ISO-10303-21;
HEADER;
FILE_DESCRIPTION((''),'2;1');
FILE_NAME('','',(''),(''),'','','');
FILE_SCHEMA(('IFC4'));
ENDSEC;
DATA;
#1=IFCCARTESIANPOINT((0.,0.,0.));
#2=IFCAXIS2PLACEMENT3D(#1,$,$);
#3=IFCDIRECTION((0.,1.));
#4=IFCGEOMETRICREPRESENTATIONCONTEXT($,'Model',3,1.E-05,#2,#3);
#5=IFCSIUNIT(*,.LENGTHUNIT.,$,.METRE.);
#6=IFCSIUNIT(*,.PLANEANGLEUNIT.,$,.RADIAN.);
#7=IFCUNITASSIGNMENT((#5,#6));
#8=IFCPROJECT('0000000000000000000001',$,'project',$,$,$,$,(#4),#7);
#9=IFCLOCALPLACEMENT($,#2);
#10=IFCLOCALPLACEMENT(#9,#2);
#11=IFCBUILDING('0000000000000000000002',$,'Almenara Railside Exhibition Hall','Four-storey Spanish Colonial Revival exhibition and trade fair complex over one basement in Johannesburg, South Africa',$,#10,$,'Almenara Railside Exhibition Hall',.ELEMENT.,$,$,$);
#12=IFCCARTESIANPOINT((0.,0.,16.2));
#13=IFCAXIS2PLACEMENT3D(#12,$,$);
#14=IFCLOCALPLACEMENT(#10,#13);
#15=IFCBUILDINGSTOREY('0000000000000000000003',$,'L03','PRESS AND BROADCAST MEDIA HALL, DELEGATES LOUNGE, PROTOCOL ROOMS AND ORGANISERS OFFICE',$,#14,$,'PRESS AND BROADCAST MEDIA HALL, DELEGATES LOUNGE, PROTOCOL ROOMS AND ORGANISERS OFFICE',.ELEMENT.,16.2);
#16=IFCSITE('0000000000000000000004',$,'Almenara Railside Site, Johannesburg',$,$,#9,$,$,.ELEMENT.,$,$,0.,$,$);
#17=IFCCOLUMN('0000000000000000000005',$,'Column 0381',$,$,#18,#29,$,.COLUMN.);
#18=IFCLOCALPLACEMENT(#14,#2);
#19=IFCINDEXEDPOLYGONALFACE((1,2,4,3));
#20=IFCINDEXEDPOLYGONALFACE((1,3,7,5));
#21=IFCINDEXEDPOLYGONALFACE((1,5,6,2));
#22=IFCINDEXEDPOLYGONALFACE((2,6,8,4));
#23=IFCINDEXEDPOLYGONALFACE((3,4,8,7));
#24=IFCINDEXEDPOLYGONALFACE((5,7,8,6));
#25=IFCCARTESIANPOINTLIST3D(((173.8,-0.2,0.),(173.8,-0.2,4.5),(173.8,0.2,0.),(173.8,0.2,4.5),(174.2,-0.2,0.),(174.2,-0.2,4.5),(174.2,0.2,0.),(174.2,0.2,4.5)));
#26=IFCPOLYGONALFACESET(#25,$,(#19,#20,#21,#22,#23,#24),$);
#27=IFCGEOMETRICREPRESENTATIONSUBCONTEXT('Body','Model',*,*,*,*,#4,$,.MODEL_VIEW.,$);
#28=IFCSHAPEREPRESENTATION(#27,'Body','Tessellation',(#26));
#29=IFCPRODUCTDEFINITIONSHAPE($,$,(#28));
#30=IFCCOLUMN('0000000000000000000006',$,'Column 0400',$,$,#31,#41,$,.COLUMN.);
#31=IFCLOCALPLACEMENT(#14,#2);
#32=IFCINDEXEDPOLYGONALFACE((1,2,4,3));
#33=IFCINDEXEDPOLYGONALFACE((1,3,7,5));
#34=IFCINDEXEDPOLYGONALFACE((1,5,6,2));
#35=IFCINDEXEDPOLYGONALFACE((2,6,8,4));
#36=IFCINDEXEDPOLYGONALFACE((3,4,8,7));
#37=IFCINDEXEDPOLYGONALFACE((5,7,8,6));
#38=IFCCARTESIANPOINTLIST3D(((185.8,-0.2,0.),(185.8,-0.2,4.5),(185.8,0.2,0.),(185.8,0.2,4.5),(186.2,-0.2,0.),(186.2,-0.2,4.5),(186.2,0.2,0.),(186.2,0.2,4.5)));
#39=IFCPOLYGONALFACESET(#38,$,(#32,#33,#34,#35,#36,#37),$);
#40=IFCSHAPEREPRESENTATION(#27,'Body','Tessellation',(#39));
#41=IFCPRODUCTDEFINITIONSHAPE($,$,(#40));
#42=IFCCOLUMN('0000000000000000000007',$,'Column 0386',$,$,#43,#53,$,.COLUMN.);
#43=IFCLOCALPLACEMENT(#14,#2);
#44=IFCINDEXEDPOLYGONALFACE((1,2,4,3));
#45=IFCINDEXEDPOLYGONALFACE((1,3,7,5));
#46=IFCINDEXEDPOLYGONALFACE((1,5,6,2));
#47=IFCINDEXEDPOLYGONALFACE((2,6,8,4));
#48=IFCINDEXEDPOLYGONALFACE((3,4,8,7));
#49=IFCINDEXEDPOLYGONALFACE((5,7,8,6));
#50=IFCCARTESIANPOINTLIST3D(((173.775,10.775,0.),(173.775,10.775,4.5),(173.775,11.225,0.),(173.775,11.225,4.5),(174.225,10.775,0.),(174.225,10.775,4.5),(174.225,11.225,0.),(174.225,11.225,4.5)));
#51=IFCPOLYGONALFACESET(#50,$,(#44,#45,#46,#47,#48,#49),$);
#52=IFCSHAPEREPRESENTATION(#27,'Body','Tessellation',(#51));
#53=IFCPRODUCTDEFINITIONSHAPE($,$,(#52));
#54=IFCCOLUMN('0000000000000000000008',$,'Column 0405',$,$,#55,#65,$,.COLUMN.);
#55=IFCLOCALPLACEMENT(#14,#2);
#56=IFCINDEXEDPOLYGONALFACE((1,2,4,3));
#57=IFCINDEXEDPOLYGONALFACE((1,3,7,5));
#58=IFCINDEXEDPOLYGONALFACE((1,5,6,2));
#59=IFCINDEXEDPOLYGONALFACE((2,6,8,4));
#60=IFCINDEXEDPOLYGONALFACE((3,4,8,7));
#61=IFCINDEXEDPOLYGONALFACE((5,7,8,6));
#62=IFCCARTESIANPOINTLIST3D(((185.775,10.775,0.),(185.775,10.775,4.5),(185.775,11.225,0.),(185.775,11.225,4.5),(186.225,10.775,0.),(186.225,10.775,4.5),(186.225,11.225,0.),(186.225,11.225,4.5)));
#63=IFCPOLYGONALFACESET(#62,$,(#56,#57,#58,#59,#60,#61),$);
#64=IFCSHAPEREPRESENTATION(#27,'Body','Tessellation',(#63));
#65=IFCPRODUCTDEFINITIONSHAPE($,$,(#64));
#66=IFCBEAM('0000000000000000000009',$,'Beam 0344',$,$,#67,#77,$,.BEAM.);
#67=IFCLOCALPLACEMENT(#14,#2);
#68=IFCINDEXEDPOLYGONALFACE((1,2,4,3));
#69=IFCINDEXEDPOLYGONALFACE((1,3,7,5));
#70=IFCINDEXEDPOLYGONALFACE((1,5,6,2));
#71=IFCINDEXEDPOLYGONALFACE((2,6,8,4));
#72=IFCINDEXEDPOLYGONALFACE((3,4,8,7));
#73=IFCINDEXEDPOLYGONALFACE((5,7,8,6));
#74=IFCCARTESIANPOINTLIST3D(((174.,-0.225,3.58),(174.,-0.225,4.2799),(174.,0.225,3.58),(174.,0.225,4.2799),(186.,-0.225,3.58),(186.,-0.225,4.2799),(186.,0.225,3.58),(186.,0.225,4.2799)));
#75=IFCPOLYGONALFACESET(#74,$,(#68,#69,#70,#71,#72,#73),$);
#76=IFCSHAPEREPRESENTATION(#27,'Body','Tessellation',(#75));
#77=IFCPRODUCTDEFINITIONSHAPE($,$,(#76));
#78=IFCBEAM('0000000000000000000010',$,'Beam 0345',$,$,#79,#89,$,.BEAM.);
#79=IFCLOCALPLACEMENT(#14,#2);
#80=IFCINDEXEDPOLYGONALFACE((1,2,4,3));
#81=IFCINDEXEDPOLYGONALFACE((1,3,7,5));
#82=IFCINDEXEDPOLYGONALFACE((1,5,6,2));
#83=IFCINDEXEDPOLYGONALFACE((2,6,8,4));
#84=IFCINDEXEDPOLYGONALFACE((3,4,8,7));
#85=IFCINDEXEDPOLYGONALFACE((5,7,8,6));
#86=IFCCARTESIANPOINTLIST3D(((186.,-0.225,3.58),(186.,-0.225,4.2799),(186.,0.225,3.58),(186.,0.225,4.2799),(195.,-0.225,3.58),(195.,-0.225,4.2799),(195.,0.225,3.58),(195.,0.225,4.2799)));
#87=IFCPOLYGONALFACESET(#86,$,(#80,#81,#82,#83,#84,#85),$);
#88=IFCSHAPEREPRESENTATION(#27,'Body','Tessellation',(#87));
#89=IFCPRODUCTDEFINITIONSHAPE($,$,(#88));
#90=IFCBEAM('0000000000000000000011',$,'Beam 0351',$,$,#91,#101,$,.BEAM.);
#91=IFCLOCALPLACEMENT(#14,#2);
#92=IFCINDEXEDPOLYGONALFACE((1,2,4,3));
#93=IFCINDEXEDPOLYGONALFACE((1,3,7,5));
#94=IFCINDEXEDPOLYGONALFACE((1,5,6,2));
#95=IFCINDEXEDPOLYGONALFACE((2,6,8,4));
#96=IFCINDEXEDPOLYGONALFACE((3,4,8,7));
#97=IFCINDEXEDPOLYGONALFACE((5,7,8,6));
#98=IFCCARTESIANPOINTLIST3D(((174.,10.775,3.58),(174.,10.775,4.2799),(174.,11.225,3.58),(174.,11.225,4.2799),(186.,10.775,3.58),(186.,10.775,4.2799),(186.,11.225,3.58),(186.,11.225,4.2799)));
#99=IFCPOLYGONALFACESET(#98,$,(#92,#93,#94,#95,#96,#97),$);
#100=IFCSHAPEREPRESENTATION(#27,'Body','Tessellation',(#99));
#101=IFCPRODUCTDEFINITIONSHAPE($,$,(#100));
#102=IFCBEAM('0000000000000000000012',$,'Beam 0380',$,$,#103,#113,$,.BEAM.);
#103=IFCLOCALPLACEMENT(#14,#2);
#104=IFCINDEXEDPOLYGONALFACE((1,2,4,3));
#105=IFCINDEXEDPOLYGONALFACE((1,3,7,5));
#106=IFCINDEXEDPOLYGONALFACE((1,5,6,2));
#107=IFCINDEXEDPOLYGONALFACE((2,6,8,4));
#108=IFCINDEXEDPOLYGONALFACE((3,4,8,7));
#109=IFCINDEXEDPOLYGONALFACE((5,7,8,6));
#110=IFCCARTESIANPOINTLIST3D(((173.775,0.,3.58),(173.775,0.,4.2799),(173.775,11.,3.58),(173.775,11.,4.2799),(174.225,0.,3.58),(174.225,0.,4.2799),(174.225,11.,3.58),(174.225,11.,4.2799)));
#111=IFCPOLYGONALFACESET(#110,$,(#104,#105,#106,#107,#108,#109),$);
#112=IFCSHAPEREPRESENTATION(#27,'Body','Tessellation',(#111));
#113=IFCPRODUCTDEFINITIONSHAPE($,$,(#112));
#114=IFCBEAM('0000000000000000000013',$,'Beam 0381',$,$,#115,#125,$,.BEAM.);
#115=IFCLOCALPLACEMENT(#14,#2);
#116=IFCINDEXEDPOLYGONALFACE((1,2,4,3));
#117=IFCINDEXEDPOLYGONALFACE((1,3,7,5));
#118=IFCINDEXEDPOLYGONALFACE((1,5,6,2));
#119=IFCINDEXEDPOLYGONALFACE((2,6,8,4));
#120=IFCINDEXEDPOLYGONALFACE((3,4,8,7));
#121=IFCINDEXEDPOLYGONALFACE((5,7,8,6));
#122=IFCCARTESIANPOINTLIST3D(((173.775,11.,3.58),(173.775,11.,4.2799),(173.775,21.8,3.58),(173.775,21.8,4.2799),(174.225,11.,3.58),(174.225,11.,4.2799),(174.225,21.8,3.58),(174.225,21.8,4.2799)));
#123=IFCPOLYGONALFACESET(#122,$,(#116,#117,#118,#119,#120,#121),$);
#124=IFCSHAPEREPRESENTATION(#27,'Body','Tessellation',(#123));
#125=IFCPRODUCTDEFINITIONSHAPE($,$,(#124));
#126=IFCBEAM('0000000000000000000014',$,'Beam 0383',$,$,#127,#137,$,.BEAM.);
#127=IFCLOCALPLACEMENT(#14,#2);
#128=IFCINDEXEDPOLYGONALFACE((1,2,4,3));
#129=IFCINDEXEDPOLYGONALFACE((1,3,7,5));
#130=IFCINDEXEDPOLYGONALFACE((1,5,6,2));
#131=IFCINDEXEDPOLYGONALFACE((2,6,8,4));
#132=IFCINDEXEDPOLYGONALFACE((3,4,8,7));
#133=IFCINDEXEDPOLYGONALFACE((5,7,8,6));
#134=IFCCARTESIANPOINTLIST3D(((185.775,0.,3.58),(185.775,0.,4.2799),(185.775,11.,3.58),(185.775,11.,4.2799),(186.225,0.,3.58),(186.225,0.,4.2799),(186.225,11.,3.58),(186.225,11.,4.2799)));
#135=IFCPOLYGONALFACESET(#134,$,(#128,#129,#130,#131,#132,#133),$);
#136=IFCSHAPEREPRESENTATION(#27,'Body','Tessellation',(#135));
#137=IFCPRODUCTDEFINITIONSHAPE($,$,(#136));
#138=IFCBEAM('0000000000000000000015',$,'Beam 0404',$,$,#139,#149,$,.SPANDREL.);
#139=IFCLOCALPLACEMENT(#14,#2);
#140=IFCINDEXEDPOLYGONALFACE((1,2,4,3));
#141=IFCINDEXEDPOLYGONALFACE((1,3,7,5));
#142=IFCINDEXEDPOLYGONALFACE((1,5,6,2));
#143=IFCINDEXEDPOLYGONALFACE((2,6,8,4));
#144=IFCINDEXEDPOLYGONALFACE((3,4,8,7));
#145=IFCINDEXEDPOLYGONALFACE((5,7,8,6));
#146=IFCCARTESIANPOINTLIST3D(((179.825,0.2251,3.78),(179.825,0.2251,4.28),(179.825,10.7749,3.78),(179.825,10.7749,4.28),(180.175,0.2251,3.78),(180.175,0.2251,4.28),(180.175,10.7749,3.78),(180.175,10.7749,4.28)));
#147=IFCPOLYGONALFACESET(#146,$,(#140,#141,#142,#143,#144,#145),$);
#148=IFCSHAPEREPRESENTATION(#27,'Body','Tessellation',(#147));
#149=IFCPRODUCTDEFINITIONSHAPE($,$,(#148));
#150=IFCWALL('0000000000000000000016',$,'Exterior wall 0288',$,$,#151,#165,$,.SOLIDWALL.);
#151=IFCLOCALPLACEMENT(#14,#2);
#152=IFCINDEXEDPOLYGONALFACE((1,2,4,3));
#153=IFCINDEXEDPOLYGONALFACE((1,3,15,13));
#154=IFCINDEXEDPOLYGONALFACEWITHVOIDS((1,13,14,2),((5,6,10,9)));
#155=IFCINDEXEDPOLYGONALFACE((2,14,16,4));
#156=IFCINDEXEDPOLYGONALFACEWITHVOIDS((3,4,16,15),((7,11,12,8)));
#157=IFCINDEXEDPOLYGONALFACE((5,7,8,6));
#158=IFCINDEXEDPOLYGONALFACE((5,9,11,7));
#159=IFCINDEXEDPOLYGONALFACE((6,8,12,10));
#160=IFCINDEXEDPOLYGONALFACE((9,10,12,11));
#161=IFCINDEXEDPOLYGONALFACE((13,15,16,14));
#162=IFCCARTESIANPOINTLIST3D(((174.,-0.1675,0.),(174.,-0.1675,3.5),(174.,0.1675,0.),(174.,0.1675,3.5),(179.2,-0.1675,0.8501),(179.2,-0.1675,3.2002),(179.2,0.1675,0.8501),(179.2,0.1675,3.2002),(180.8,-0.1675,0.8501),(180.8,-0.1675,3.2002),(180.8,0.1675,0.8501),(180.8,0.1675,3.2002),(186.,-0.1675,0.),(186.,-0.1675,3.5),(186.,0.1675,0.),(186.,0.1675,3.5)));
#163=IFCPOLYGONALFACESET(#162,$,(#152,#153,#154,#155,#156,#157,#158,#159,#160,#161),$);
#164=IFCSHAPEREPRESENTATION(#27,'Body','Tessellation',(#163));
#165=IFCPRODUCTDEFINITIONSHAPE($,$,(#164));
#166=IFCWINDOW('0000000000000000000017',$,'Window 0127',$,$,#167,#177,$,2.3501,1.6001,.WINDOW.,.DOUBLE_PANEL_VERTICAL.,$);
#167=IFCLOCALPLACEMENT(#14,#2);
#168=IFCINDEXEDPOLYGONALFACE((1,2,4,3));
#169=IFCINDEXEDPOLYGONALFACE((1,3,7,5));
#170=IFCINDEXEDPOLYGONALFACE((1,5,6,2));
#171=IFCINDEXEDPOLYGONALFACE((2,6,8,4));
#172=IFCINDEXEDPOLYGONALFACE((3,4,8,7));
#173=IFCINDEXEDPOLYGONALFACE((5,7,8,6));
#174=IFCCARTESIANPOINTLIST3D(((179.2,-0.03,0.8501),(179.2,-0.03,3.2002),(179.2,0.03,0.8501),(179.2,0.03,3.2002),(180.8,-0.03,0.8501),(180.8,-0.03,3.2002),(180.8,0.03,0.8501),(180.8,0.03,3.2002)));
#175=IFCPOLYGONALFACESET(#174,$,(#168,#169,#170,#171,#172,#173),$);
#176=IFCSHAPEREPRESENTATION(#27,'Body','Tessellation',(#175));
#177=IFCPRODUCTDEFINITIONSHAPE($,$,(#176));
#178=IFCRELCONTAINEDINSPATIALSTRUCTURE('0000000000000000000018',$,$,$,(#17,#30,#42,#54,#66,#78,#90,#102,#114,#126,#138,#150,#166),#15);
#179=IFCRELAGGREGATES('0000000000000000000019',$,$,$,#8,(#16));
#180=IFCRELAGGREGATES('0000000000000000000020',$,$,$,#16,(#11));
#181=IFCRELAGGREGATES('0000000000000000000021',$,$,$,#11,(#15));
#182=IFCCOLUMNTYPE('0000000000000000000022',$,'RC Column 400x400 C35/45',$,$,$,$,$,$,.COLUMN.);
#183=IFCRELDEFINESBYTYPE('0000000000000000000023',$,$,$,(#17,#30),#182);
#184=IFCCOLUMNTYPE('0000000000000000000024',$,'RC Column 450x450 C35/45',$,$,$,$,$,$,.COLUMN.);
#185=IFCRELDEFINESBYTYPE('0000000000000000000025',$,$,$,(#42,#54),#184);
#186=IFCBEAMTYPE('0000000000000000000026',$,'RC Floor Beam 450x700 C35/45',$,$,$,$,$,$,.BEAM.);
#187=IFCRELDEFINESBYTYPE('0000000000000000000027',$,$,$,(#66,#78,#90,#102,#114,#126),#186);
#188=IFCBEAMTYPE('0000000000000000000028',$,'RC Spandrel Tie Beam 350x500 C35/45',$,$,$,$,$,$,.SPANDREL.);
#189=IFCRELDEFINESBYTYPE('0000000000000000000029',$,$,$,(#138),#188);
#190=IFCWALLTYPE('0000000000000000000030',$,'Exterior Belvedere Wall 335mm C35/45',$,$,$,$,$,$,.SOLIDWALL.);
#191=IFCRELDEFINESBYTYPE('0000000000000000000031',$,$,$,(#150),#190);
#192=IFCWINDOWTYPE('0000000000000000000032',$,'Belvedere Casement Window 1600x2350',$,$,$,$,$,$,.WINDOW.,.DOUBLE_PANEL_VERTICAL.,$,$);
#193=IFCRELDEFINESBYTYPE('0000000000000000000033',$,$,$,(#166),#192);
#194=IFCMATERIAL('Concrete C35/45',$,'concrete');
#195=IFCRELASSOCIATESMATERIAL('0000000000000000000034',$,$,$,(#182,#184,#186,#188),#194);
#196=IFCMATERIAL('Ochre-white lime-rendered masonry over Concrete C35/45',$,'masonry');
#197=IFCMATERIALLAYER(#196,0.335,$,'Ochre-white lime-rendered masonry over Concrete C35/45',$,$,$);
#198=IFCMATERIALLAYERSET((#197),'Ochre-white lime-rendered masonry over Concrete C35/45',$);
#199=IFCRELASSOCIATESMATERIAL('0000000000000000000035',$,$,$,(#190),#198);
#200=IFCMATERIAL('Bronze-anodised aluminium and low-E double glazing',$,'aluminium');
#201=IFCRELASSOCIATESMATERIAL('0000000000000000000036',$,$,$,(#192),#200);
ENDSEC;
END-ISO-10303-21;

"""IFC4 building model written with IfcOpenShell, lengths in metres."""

from ifc_helpers import new_model, si_unit, direction, frame, frame_2d, origin, origin_2d, place, context, subcontext, project, spatial, rectangle, extrude, material, layer, layer_set, material_profile, profile_set, type_object, element, fill, save


model = new_model("IFC4")

# Units and contexts
model_context = context("Model", 3, precision=1e-05, world=origin(), true_north=direction((0.0, 1.0)))
body_context = subcontext(model_context, "Body", "Model", "MODEL_VIEW")
ifc_project = project(units=[si_unit("LENGTHUNIT", "METRE"), si_unit("PLANEANGLEUNIT", "RADIAN")], contexts=[model_context])

# Site, building, storey
site_placement = place(None, origin())
site = spatial("IfcSite", under=ifc_project, at=site_placement, Name="Almenara Railside Site, Johannesburg", CompositionType="ELEMENT", RefElevation=0.0)
building_placement = place(site_placement, origin())
building = spatial("IfcBuilding", under=site, at=building_placement, Name="Almenara Railside Exhibition Hall", Description="Four-storey Spanish Colonial Revival exhibition and trade fair complex over one basement in Johannesburg, South Africa", LongName="Almenara Railside Exhibition Hall", CompositionType="ELEMENT")
storey_placement = place(building_placement, frame((0.0, 0.0, 16.2)))
storey = spatial("IfcBuildingStorey", under=building, at=storey_placement, Name="L03", Description="PRESS AND BROADCAST MEDIA HALL, DELEGATES LOUNGE, PROTOCOL ROOMS AND ORGANISERS OFFICE", LongName="PRESS AND BROADCAST MEDIA HALL, DELEGATES LOUNGE, PROTOCOL ROOMS AND ORGANISERS OFFICE", CompositionType="ELEMENT", Elevation=16.2)

# Columns
ifc_material_1 = material(Name="Concrete C35/45", Category="concrete")
ifc_material_profile_1 = material_profile(ifc_material_1, rectangle(XDim=0.3999, YDim=0.3999, at=origin_2d()), Name="RC 400x400")
ifc_profile_set_1 = profile_set([ifc_material_profile_1], Name="Concrete C35/45")
column_type_1 = type_object("IfcColumnType", Name="RC Column 400x400 C35/45", PredefinedType="COLUMN", material=ifc_profile_set_1)
for number, where, z_axis, x_axis, name in (
    (1, (174.0, 0.0, 0.0), (0.0, 0.0, 1.0), (1.0, 0.0, 0.0), "Column 0381"),
    (2, (186.0, 0.0, 0.0), (0.0, 0.0, 1.0), (1.0, 0.0, 0.0), "Column 0400"),
):
    element("IfcColumn", number, at=place(storey_placement, frame(where, z_axis=z_axis, x_axis=x_axis)), inside=storey, type_object=column_type_1, Name=name, PredefinedType="COLUMN", context=body_context, shape_type="SweptSolid", body=[
        extrude(rectangle(XDim=0.3999, YDim=0.3999, at=origin_2d()), origin(), (0.0, 0.0, 1.0), 4.5),
    ])
ifc_material_profile_2 = material_profile(ifc_material_1, rectangle(XDim=0.45, YDim=0.45, at=origin_2d()), Name="RC 450x450")
ifc_profile_set_2 = profile_set([ifc_material_profile_2], Name="Concrete C35/45")
column_type_2 = type_object("IfcColumnType", Name="RC Column 450x450 C35/45", PredefinedType="COLUMN", material=ifc_profile_set_2)
for number, where, z_axis, x_axis, name in (
    (3, (174.0, 11.0, 0.0), (0.0, 0.0, 1.0), (1.0, 0.0, 0.0), "Column 0386"),
    (4, (186.0, 11.0, 0.0), (0.0, 0.0, 1.0), (1.0, 0.0, 0.0), "Column 0405"),
):
    element("IfcColumn", number, at=place(storey_placement, frame(where, z_axis=z_axis, x_axis=x_axis)), inside=storey, type_object=column_type_2, Name=name, PredefinedType="COLUMN", context=body_context, shape_type="SweptSolid", body=[
        extrude(rectangle(XDim=0.45, YDim=0.45, at=origin_2d()), origin(), (0.0, 0.0, 1.0), 4.5),
    ])

# Beams
ifc_material_profile_3 = material_profile(ifc_material_1, rectangle(XDim=0.45, YDim=0.7, at=origin_2d()), Name="RC 450x700")
ifc_profile_set_3 = profile_set([ifc_material_profile_3], Name="Concrete C35/45")
beam_type_1 = type_object("IfcBeamType", Name="RC Floor Beam 450x700 C35/45", PredefinedType="BEAM", material=ifc_profile_set_3)
beam_1_placement = place(storey_placement, frame((174.0, 0.0, 3.9299), z_axis=(1.0, 0.0, 0.0), x_axis=(0.0, 1.0, 0.0)))
element("IfcBeam", 5, at=beam_1_placement, inside=storey, type_object=beam_type_1, Name="Beam 0344", PredefinedType="BEAM", context=body_context, shape_type="SweptSolid", body=[
    extrude(rectangle(XDim=0.45, YDim=0.7, at=origin_2d()), origin(), (0.0, 0.0, 1.0), 12.0),
])
beam_2_placement = place(storey_placement, frame((186.0, 0.0, 3.9299), z_axis=(1.0, 0.0, 0.0), x_axis=(0.0, 1.0, 0.0)))
element("IfcBeam", 6, at=beam_2_placement, inside=storey, type_object=beam_type_1, Name="Beam 0345", PredefinedType="BEAM", context=body_context, shape_type="SweptSolid", body=[
    extrude(rectangle(XDim=0.45, YDim=0.7, at=origin_2d()), origin(), (0.0, 0.0, 1.0), 9.0),
])
beam_3_placement = place(storey_placement, frame((174.0, 11.0, 3.9299), z_axis=(1.0, 0.0, 0.0), x_axis=(0.0, 1.0, 0.0)))
element("IfcBeam", 7, at=beam_3_placement, inside=storey, type_object=beam_type_1, Name="Beam 0351", PredefinedType="BEAM", context=body_context, shape_type="SweptSolid", body=[
    extrude(rectangle(XDim=0.45, YDim=0.7, at=origin_2d()), origin(), (0.0, 0.0, 1.0), 12.0),
])
beam_4_placement = place(storey_placement, frame((174.0, 0.0, 3.9299), z_axis=(0.0, 1.0, 0.0), x_axis=(-1.0, 0.0, 0.0)))
element("IfcBeam", 8, at=beam_4_placement, inside=storey, type_object=beam_type_1, Name="Beam 0380", PredefinedType="BEAM", context=body_context, shape_type="SweptSolid", body=[
    extrude(rectangle(XDim=0.45, YDim=0.7, at=origin_2d()), origin(), (0.0, 0.0, 1.0), 11.0),
])
beam_5_placement = place(storey_placement, frame((174.0, 11.0, 3.9299), z_axis=(0.0, 1.0, 0.0), x_axis=(-1.0, 0.0, 0.0)))
element("IfcBeam", 9, at=beam_5_placement, inside=storey, type_object=beam_type_1, Name="Beam 0381", PredefinedType="BEAM", context=body_context, shape_type="SweptSolid", body=[
    extrude(rectangle(XDim=0.45, YDim=0.7, at=origin_2d()), origin(), (0.0, 0.0, 1.0), 10.8),
])
beam_6_placement = place(storey_placement, frame((186.0, 0.0, 3.9299), z_axis=(0.0, 1.0, 0.0), x_axis=(-1.0, 0.0, 0.0)))
element("IfcBeam", 10, at=beam_6_placement, inside=storey, type_object=beam_type_1, Name="Beam 0383", PredefinedType="BEAM", context=body_context, shape_type="SweptSolid", body=[
    extrude(rectangle(XDim=0.45, YDim=0.7, at=origin_2d()), origin(), (0.0, 0.0, 1.0), 11.0),
])
ifc_material_profile_4 = material_profile(ifc_material_1, rectangle(XDim=0.3501, YDim=0.5, at=origin_2d()), Name="RC 350x500")
ifc_profile_set_4 = profile_set([ifc_material_profile_4], Name="Concrete C35/45")
beam_type_2 = type_object("IfcBeamType", Name="RC Spandrel Tie Beam 350x500 C35/45", PredefinedType="SPANDREL", material=ifc_profile_set_4)
beam_7_placement = place(storey_placement, frame((180.0, 0.2251, 4.03), z_axis=(0.0, 1.0, 0.0), x_axis=(-1.0, 0.0, 0.0)))
element("IfcBeam", 11, at=beam_7_placement, inside=storey, type_object=beam_type_2, Name="Beam 0404", PredefinedType="SPANDREL", context=body_context, shape_type="SweptSolid", body=[
    extrude(rectangle(XDim=0.3501, YDim=0.5, at=origin_2d()), origin(), (0.0, 0.0, 1.0), 10.5498),
])

# Wall, opening, window
ifc_material_2 = material(Name="Ochre-white lime-rendered masonry over Concrete C35/45", Category="masonry")
ifc_layer_1 = layer(ifc_material_2, 0.335, Name="Ochre-white lime-rendered masonry over Concrete C35/45")
ifc_layer_set_1 = layer_set([ifc_layer_1], Name="Ochre-white lime-rendered masonry over Concrete C35/45")
wall_type_1 = type_object("IfcWallType", Name="Exterior Belvedere Wall 335mm C35/45", PredefinedType="SOLIDWALL", material=ifc_layer_set_1)
wall_1_placement = place(storey_placement, frame((174.0, 0.0, 0.0), z_axis=(0.0, 0.0, 1.0), x_axis=(1.0, 0.0, 0.0)))
wall_1 = element("IfcWall", 12, at=wall_1_placement, inside=storey, type_object=wall_type_1, Name="Exterior wall 0288", PredefinedType="SOLIDWALL", context=body_context, shape_type="SweptSolid", body=[
    extrude(rectangle(XDim=12.0, YDim=0.335, at=frame_2d((6.0, 0.0))), origin(), (0.0, 0.0, 1.0), 3.5),
])
opening_1_placement = place(wall_1_placement, frame((5.2, 0.0, 0.8501)))
opening_1 = element("IfcOpeningElement", 13, at=opening_1_placement, cuts=wall_1, PredefinedType="OPENING", context=body_context, shape_type="SweptSolid", body=[
    extrude(rectangle(XDim=1.6001, YDim=2.3501, at=frame_2d((0.8, 1.175))), frame((0.0, 0.1775, 0.0), z_axis=(0.0, -1.0, 0.0), x_axis=(1.0, 0.0, 0.0)), (0.0, 0.0, 1.0), 0.355),
])
ifc_material_3 = material(Name="Bronze-anodised aluminium and low-E double glazing", Category="aluminium")
window_type = type_object("IfcWindowType", Name="Belvedere Casement Window 1600x2350", PartitioningType="DOUBLE_PANEL_VERTICAL", PredefinedType="WINDOW", material=ifc_material_3)
window_1_placement = place(opening_1_placement, origin())
window_1 = element("IfcWindow", 14, at=window_1_placement, inside=storey, type_object=window_type, Name="Window 0127", OverallHeight=2.3501, OverallWidth=1.6001, PartitioningType="DOUBLE_PANEL_VERTICAL", PredefinedType="WINDOW", context=body_context, shape_type="SweptSolid", body=[
    extrude(rectangle(XDim=1.6001, YDim=2.3501, at=frame_2d((0.8, 1.175))), frame((0.0, 0.03, 0.0), z_axis=(0.0, -1.0, 0.0), x_axis=(1.0, 0.0, 0.0)), (0.0, 0.0, 1.0), 0.0601),
])
fill(opening_1, window_1)

save(model, "model.ifc")
